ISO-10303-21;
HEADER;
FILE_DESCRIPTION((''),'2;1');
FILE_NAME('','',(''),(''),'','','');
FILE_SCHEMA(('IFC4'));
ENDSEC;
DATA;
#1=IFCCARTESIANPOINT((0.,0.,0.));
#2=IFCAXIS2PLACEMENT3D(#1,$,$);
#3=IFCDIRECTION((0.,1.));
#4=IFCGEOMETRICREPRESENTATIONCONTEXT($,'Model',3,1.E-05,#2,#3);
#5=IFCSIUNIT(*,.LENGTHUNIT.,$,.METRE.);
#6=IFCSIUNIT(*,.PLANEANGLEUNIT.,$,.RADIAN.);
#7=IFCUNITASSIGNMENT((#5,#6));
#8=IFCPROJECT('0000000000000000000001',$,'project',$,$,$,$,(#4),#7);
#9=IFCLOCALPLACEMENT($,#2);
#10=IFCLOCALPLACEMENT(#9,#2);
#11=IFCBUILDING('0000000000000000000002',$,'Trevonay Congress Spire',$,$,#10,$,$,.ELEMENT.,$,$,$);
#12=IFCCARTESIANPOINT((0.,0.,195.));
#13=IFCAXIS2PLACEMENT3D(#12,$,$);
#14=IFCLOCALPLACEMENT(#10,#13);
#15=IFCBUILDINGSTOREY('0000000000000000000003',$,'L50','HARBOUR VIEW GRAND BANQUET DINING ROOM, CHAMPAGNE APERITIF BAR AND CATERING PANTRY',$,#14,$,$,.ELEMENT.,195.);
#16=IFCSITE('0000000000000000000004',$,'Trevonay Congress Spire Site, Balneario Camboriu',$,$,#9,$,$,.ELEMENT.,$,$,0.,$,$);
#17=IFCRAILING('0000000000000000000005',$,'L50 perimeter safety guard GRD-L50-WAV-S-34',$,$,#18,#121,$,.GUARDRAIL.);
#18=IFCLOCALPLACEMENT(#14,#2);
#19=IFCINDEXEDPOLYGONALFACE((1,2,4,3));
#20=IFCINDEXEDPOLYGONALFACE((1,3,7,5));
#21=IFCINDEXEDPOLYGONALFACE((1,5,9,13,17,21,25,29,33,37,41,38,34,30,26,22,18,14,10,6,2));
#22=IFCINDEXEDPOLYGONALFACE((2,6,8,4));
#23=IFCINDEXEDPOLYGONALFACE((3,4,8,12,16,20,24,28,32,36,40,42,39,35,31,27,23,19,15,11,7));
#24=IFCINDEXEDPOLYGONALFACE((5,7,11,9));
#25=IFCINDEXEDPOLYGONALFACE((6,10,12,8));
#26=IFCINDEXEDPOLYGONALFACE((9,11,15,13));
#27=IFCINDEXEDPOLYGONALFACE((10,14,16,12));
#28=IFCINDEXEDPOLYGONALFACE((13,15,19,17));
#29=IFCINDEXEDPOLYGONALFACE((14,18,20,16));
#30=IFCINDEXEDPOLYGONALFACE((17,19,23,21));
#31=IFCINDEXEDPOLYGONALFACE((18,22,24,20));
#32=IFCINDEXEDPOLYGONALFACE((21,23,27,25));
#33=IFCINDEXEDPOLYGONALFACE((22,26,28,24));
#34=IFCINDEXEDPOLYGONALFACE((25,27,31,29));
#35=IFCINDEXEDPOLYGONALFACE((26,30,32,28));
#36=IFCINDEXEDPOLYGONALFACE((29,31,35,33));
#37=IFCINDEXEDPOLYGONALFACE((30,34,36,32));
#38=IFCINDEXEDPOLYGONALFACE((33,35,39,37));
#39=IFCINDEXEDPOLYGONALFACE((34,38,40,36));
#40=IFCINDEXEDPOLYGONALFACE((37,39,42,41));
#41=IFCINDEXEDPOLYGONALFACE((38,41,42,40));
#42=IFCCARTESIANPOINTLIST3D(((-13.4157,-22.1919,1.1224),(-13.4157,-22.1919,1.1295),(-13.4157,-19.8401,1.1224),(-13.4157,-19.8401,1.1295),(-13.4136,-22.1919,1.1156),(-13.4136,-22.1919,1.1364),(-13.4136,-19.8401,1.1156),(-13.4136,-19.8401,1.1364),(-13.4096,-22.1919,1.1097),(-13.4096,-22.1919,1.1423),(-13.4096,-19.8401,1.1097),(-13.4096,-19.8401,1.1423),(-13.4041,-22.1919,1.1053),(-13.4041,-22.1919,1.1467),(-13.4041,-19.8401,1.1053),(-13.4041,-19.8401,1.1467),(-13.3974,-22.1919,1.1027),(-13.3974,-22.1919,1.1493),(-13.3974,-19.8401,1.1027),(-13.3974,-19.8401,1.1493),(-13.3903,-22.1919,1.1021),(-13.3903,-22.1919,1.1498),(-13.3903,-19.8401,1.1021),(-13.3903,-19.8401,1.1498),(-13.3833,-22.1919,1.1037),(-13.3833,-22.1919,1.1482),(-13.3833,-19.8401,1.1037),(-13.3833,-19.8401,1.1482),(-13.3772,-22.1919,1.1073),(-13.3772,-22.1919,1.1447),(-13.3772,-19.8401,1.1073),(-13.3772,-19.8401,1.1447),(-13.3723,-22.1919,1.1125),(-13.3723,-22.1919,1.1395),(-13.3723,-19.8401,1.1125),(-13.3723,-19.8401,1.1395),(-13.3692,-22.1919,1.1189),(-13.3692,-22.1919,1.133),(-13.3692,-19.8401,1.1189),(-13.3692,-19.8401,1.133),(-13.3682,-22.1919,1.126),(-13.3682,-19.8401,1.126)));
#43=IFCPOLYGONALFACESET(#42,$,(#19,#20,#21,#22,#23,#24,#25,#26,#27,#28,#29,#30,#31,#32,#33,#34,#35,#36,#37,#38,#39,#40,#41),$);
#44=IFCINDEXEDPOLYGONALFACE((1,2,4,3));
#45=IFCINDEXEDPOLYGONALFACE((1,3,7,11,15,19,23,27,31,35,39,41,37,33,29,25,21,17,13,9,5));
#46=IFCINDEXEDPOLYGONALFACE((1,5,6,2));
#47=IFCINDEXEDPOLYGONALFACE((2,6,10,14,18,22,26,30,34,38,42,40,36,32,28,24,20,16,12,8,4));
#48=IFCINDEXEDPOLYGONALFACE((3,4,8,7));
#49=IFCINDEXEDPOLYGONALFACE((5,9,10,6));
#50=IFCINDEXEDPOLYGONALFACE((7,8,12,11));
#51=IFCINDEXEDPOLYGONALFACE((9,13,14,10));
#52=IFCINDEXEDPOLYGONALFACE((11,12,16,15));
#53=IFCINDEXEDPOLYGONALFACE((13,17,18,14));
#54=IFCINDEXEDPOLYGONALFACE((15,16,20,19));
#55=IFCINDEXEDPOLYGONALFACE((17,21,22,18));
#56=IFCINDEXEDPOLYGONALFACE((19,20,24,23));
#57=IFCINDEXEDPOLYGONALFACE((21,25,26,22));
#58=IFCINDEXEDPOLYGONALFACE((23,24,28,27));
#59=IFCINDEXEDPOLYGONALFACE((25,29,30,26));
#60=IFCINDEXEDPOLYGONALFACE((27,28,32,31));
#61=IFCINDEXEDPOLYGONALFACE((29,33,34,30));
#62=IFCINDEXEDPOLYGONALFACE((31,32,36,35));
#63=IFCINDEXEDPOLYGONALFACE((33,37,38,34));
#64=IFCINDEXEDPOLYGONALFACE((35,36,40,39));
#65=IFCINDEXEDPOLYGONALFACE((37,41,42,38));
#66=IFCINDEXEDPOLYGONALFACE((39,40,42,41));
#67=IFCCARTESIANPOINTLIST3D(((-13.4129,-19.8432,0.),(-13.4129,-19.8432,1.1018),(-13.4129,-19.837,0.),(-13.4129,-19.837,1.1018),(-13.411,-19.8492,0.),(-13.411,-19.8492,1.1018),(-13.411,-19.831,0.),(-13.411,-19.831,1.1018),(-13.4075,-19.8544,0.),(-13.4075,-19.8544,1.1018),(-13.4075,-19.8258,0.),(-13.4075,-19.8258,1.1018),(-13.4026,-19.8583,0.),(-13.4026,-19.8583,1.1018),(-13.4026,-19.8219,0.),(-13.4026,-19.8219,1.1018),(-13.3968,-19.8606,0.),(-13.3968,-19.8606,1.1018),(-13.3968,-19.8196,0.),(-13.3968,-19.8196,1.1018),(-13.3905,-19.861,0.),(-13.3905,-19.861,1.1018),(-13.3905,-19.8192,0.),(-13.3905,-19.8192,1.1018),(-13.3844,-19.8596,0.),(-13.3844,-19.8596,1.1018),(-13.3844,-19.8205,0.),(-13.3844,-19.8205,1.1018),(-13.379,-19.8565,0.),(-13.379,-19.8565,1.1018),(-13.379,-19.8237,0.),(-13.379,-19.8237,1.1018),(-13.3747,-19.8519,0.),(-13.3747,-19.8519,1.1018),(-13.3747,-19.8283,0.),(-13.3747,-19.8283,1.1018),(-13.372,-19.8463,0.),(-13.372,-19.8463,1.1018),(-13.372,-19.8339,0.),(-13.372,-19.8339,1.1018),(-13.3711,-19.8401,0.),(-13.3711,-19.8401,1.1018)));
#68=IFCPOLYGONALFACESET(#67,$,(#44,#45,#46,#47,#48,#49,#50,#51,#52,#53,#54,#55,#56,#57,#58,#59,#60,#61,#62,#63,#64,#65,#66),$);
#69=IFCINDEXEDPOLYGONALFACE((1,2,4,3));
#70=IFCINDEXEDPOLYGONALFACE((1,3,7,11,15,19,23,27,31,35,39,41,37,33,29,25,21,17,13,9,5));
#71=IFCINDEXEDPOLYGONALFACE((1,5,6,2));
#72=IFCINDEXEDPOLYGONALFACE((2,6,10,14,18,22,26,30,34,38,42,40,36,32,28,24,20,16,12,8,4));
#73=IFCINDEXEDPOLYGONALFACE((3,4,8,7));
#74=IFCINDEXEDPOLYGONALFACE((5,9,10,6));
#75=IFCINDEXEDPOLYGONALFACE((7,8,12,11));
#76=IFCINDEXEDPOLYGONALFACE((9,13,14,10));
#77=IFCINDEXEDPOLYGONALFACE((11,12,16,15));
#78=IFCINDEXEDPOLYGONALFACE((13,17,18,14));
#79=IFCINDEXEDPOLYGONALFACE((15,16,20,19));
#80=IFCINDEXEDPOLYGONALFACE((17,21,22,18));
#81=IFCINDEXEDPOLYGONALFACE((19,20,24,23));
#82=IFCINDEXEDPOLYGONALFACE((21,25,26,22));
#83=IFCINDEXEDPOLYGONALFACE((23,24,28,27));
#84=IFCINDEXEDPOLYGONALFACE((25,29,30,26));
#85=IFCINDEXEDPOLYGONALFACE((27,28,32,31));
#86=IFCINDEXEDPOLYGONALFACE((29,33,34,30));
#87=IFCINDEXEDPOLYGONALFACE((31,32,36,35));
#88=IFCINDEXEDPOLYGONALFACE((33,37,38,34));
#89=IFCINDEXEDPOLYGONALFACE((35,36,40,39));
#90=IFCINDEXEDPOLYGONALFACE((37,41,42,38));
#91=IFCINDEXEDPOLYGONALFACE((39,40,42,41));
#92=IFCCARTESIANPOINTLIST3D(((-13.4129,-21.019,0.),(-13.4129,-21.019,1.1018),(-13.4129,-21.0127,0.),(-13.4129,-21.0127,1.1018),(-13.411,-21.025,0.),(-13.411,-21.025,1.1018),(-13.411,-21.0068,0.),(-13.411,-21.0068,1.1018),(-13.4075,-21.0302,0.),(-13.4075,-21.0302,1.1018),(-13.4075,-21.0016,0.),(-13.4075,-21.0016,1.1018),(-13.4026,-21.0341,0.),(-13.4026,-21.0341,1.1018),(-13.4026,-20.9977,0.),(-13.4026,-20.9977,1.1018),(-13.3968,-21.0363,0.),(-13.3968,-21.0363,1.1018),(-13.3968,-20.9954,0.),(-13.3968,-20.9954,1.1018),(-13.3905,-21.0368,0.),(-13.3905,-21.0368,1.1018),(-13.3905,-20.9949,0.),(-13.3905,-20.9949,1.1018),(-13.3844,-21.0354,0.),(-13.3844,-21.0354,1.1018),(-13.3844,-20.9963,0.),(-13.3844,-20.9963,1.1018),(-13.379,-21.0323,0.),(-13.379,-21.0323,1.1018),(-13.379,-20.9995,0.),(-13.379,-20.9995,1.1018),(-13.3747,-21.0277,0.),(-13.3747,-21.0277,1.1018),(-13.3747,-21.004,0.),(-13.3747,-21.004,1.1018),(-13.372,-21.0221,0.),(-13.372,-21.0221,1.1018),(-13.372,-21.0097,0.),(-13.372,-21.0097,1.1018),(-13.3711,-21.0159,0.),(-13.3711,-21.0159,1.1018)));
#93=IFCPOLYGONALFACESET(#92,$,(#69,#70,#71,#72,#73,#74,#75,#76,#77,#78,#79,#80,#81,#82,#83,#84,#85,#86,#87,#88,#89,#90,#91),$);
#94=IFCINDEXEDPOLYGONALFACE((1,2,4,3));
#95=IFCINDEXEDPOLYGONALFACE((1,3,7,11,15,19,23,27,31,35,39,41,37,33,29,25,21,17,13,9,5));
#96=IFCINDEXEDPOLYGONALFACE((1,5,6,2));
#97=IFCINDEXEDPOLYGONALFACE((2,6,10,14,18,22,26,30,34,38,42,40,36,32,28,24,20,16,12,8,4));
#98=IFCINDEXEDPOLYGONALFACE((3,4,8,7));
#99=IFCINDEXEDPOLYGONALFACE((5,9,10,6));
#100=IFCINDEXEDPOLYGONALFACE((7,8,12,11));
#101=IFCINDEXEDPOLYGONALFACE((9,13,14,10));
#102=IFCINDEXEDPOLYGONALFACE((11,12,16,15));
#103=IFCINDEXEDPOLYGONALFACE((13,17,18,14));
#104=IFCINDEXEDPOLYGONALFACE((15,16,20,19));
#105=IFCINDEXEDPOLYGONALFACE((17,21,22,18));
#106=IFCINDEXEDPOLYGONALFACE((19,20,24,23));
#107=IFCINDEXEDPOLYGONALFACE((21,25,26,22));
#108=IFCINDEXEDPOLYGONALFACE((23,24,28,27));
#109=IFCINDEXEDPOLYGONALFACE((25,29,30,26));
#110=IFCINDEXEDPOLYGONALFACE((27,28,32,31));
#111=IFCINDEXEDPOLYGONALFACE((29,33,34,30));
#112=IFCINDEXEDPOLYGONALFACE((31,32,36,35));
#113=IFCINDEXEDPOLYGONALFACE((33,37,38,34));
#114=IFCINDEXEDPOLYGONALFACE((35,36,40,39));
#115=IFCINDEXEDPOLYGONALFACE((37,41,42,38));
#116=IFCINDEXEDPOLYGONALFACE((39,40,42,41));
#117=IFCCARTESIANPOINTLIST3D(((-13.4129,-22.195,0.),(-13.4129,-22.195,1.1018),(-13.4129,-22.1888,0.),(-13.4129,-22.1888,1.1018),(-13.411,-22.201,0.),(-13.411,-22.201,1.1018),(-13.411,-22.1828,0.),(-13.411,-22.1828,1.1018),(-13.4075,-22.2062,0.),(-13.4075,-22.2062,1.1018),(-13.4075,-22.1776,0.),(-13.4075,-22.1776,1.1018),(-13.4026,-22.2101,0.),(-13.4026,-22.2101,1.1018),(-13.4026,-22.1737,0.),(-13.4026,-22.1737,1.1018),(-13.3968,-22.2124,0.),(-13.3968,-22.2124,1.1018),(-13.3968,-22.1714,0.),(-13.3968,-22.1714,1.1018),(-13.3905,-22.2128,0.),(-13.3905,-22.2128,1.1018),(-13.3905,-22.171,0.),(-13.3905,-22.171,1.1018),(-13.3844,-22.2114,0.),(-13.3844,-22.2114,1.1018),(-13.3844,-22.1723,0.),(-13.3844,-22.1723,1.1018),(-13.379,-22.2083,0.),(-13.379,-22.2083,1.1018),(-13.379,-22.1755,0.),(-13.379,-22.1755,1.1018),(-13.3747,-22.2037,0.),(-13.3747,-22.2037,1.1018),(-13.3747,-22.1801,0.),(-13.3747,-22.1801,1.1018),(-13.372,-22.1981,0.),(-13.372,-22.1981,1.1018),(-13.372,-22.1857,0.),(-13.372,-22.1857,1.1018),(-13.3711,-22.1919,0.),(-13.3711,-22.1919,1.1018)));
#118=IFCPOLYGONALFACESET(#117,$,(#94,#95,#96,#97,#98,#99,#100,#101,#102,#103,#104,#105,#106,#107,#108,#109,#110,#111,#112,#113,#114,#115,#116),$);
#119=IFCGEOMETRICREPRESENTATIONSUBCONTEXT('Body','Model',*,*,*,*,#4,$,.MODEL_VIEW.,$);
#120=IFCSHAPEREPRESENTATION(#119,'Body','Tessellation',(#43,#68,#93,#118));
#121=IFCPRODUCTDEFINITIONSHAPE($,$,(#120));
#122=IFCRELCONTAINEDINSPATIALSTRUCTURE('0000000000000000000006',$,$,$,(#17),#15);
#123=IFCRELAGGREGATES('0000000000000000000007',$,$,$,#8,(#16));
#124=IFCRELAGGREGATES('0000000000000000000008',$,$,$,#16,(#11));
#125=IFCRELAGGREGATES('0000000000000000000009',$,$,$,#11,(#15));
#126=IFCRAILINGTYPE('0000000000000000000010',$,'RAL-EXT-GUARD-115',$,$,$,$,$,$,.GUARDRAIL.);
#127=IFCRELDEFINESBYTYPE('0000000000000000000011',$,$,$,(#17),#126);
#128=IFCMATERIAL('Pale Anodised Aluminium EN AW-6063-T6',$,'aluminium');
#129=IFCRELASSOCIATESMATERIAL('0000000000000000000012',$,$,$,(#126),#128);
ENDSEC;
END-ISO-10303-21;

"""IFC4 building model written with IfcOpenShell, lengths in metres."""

from ifc_helpers import new_model, si_unit, direction, frame, origin, origin_2d, place, context, subcontext, project, spatial, circle, extrude, material, type_object, element, save


model = new_model("IFC4")

# Units and contexts
model_context = context("Model", 3, precision=1e-05, world=origin(), true_north=direction((0.0, 1.0)))
body_context = subcontext(model_context, "Body", "Model", "MODEL_VIEW")
ifc_project = project(units=[si_unit("LENGTHUNIT", "METRE"), si_unit("PLANEANGLEUNIT", "RADIAN")], contexts=[model_context])

# Site, building, storey
site_placement = place(None, origin())
site = spatial("IfcSite", under=ifc_project, at=site_placement, Name="Trevonay Congress Spire Site, Balneario Camboriu", CompositionType="ELEMENT", RefElevation=0.0)
building_placement = place(site_placement, origin())
building = spatial("IfcBuilding", under=site, at=building_placement, Name="Trevonay Congress Spire", CompositionType="ELEMENT")
storey_placement = place(building_placement, frame((0.0, 0.0, 195.0)))
storey = spatial("IfcBuildingStorey", under=building, at=storey_placement, Name="L50", Description="HARBOUR VIEW GRAND BANQUET DINING ROOM, CHAMPAGNE APERITIF BAR AND CATERING PANTRY", CompositionType="ELEMENT", Elevation=195.0)

# Shared definitions
ifc_material_1 = material(Name="Pale Anodised Aluminium EN AW-6063-T6", Category="aluminium")

# Railing
railing_type = type_object("IfcRailingType", Name="RAL-EXT-GUARD-115", PredefinedType="GUARDRAIL", material=ifc_material_1)
railing_1_placement = place(storey_placement, frame((-13.3921, -19.8401, 0.0)))
element("IfcRailing", 1, at=railing_1_placement, inside=storey, type_object=railing_type, Name="L50 perimeter safety guard GRD-L50-WAV-S-34", PredefinedType="GUARDRAIL", context=body_context, shape_type="SweptSolid", body=[
    extrude(circle(Radius=0.0239, at=origin_2d()), frame((0.0, 0.0, 1.126), z_axis=(0.0, -1.0, 0.0), x_axis=(1.0, 0.0, 0.0)), (0.0, 0.0, 1.0), 2.3518),
    extrude(circle(Radius=0.021, at=origin_2d()), origin(), (0.0, 0.0, 1.0), 1.1018),
    extrude(circle(Radius=0.021, at=origin_2d()), frame((0.0, -1.1758, 0.0)), (0.0, 0.0, 1.0), 1.1018),
    extrude(circle(Radius=0.021, at=origin_2d()), frame((0.0, -2.3518, 0.0)), (0.0, 0.0, 1.0), 1.1018),
])

save(model, "model.ifc")
